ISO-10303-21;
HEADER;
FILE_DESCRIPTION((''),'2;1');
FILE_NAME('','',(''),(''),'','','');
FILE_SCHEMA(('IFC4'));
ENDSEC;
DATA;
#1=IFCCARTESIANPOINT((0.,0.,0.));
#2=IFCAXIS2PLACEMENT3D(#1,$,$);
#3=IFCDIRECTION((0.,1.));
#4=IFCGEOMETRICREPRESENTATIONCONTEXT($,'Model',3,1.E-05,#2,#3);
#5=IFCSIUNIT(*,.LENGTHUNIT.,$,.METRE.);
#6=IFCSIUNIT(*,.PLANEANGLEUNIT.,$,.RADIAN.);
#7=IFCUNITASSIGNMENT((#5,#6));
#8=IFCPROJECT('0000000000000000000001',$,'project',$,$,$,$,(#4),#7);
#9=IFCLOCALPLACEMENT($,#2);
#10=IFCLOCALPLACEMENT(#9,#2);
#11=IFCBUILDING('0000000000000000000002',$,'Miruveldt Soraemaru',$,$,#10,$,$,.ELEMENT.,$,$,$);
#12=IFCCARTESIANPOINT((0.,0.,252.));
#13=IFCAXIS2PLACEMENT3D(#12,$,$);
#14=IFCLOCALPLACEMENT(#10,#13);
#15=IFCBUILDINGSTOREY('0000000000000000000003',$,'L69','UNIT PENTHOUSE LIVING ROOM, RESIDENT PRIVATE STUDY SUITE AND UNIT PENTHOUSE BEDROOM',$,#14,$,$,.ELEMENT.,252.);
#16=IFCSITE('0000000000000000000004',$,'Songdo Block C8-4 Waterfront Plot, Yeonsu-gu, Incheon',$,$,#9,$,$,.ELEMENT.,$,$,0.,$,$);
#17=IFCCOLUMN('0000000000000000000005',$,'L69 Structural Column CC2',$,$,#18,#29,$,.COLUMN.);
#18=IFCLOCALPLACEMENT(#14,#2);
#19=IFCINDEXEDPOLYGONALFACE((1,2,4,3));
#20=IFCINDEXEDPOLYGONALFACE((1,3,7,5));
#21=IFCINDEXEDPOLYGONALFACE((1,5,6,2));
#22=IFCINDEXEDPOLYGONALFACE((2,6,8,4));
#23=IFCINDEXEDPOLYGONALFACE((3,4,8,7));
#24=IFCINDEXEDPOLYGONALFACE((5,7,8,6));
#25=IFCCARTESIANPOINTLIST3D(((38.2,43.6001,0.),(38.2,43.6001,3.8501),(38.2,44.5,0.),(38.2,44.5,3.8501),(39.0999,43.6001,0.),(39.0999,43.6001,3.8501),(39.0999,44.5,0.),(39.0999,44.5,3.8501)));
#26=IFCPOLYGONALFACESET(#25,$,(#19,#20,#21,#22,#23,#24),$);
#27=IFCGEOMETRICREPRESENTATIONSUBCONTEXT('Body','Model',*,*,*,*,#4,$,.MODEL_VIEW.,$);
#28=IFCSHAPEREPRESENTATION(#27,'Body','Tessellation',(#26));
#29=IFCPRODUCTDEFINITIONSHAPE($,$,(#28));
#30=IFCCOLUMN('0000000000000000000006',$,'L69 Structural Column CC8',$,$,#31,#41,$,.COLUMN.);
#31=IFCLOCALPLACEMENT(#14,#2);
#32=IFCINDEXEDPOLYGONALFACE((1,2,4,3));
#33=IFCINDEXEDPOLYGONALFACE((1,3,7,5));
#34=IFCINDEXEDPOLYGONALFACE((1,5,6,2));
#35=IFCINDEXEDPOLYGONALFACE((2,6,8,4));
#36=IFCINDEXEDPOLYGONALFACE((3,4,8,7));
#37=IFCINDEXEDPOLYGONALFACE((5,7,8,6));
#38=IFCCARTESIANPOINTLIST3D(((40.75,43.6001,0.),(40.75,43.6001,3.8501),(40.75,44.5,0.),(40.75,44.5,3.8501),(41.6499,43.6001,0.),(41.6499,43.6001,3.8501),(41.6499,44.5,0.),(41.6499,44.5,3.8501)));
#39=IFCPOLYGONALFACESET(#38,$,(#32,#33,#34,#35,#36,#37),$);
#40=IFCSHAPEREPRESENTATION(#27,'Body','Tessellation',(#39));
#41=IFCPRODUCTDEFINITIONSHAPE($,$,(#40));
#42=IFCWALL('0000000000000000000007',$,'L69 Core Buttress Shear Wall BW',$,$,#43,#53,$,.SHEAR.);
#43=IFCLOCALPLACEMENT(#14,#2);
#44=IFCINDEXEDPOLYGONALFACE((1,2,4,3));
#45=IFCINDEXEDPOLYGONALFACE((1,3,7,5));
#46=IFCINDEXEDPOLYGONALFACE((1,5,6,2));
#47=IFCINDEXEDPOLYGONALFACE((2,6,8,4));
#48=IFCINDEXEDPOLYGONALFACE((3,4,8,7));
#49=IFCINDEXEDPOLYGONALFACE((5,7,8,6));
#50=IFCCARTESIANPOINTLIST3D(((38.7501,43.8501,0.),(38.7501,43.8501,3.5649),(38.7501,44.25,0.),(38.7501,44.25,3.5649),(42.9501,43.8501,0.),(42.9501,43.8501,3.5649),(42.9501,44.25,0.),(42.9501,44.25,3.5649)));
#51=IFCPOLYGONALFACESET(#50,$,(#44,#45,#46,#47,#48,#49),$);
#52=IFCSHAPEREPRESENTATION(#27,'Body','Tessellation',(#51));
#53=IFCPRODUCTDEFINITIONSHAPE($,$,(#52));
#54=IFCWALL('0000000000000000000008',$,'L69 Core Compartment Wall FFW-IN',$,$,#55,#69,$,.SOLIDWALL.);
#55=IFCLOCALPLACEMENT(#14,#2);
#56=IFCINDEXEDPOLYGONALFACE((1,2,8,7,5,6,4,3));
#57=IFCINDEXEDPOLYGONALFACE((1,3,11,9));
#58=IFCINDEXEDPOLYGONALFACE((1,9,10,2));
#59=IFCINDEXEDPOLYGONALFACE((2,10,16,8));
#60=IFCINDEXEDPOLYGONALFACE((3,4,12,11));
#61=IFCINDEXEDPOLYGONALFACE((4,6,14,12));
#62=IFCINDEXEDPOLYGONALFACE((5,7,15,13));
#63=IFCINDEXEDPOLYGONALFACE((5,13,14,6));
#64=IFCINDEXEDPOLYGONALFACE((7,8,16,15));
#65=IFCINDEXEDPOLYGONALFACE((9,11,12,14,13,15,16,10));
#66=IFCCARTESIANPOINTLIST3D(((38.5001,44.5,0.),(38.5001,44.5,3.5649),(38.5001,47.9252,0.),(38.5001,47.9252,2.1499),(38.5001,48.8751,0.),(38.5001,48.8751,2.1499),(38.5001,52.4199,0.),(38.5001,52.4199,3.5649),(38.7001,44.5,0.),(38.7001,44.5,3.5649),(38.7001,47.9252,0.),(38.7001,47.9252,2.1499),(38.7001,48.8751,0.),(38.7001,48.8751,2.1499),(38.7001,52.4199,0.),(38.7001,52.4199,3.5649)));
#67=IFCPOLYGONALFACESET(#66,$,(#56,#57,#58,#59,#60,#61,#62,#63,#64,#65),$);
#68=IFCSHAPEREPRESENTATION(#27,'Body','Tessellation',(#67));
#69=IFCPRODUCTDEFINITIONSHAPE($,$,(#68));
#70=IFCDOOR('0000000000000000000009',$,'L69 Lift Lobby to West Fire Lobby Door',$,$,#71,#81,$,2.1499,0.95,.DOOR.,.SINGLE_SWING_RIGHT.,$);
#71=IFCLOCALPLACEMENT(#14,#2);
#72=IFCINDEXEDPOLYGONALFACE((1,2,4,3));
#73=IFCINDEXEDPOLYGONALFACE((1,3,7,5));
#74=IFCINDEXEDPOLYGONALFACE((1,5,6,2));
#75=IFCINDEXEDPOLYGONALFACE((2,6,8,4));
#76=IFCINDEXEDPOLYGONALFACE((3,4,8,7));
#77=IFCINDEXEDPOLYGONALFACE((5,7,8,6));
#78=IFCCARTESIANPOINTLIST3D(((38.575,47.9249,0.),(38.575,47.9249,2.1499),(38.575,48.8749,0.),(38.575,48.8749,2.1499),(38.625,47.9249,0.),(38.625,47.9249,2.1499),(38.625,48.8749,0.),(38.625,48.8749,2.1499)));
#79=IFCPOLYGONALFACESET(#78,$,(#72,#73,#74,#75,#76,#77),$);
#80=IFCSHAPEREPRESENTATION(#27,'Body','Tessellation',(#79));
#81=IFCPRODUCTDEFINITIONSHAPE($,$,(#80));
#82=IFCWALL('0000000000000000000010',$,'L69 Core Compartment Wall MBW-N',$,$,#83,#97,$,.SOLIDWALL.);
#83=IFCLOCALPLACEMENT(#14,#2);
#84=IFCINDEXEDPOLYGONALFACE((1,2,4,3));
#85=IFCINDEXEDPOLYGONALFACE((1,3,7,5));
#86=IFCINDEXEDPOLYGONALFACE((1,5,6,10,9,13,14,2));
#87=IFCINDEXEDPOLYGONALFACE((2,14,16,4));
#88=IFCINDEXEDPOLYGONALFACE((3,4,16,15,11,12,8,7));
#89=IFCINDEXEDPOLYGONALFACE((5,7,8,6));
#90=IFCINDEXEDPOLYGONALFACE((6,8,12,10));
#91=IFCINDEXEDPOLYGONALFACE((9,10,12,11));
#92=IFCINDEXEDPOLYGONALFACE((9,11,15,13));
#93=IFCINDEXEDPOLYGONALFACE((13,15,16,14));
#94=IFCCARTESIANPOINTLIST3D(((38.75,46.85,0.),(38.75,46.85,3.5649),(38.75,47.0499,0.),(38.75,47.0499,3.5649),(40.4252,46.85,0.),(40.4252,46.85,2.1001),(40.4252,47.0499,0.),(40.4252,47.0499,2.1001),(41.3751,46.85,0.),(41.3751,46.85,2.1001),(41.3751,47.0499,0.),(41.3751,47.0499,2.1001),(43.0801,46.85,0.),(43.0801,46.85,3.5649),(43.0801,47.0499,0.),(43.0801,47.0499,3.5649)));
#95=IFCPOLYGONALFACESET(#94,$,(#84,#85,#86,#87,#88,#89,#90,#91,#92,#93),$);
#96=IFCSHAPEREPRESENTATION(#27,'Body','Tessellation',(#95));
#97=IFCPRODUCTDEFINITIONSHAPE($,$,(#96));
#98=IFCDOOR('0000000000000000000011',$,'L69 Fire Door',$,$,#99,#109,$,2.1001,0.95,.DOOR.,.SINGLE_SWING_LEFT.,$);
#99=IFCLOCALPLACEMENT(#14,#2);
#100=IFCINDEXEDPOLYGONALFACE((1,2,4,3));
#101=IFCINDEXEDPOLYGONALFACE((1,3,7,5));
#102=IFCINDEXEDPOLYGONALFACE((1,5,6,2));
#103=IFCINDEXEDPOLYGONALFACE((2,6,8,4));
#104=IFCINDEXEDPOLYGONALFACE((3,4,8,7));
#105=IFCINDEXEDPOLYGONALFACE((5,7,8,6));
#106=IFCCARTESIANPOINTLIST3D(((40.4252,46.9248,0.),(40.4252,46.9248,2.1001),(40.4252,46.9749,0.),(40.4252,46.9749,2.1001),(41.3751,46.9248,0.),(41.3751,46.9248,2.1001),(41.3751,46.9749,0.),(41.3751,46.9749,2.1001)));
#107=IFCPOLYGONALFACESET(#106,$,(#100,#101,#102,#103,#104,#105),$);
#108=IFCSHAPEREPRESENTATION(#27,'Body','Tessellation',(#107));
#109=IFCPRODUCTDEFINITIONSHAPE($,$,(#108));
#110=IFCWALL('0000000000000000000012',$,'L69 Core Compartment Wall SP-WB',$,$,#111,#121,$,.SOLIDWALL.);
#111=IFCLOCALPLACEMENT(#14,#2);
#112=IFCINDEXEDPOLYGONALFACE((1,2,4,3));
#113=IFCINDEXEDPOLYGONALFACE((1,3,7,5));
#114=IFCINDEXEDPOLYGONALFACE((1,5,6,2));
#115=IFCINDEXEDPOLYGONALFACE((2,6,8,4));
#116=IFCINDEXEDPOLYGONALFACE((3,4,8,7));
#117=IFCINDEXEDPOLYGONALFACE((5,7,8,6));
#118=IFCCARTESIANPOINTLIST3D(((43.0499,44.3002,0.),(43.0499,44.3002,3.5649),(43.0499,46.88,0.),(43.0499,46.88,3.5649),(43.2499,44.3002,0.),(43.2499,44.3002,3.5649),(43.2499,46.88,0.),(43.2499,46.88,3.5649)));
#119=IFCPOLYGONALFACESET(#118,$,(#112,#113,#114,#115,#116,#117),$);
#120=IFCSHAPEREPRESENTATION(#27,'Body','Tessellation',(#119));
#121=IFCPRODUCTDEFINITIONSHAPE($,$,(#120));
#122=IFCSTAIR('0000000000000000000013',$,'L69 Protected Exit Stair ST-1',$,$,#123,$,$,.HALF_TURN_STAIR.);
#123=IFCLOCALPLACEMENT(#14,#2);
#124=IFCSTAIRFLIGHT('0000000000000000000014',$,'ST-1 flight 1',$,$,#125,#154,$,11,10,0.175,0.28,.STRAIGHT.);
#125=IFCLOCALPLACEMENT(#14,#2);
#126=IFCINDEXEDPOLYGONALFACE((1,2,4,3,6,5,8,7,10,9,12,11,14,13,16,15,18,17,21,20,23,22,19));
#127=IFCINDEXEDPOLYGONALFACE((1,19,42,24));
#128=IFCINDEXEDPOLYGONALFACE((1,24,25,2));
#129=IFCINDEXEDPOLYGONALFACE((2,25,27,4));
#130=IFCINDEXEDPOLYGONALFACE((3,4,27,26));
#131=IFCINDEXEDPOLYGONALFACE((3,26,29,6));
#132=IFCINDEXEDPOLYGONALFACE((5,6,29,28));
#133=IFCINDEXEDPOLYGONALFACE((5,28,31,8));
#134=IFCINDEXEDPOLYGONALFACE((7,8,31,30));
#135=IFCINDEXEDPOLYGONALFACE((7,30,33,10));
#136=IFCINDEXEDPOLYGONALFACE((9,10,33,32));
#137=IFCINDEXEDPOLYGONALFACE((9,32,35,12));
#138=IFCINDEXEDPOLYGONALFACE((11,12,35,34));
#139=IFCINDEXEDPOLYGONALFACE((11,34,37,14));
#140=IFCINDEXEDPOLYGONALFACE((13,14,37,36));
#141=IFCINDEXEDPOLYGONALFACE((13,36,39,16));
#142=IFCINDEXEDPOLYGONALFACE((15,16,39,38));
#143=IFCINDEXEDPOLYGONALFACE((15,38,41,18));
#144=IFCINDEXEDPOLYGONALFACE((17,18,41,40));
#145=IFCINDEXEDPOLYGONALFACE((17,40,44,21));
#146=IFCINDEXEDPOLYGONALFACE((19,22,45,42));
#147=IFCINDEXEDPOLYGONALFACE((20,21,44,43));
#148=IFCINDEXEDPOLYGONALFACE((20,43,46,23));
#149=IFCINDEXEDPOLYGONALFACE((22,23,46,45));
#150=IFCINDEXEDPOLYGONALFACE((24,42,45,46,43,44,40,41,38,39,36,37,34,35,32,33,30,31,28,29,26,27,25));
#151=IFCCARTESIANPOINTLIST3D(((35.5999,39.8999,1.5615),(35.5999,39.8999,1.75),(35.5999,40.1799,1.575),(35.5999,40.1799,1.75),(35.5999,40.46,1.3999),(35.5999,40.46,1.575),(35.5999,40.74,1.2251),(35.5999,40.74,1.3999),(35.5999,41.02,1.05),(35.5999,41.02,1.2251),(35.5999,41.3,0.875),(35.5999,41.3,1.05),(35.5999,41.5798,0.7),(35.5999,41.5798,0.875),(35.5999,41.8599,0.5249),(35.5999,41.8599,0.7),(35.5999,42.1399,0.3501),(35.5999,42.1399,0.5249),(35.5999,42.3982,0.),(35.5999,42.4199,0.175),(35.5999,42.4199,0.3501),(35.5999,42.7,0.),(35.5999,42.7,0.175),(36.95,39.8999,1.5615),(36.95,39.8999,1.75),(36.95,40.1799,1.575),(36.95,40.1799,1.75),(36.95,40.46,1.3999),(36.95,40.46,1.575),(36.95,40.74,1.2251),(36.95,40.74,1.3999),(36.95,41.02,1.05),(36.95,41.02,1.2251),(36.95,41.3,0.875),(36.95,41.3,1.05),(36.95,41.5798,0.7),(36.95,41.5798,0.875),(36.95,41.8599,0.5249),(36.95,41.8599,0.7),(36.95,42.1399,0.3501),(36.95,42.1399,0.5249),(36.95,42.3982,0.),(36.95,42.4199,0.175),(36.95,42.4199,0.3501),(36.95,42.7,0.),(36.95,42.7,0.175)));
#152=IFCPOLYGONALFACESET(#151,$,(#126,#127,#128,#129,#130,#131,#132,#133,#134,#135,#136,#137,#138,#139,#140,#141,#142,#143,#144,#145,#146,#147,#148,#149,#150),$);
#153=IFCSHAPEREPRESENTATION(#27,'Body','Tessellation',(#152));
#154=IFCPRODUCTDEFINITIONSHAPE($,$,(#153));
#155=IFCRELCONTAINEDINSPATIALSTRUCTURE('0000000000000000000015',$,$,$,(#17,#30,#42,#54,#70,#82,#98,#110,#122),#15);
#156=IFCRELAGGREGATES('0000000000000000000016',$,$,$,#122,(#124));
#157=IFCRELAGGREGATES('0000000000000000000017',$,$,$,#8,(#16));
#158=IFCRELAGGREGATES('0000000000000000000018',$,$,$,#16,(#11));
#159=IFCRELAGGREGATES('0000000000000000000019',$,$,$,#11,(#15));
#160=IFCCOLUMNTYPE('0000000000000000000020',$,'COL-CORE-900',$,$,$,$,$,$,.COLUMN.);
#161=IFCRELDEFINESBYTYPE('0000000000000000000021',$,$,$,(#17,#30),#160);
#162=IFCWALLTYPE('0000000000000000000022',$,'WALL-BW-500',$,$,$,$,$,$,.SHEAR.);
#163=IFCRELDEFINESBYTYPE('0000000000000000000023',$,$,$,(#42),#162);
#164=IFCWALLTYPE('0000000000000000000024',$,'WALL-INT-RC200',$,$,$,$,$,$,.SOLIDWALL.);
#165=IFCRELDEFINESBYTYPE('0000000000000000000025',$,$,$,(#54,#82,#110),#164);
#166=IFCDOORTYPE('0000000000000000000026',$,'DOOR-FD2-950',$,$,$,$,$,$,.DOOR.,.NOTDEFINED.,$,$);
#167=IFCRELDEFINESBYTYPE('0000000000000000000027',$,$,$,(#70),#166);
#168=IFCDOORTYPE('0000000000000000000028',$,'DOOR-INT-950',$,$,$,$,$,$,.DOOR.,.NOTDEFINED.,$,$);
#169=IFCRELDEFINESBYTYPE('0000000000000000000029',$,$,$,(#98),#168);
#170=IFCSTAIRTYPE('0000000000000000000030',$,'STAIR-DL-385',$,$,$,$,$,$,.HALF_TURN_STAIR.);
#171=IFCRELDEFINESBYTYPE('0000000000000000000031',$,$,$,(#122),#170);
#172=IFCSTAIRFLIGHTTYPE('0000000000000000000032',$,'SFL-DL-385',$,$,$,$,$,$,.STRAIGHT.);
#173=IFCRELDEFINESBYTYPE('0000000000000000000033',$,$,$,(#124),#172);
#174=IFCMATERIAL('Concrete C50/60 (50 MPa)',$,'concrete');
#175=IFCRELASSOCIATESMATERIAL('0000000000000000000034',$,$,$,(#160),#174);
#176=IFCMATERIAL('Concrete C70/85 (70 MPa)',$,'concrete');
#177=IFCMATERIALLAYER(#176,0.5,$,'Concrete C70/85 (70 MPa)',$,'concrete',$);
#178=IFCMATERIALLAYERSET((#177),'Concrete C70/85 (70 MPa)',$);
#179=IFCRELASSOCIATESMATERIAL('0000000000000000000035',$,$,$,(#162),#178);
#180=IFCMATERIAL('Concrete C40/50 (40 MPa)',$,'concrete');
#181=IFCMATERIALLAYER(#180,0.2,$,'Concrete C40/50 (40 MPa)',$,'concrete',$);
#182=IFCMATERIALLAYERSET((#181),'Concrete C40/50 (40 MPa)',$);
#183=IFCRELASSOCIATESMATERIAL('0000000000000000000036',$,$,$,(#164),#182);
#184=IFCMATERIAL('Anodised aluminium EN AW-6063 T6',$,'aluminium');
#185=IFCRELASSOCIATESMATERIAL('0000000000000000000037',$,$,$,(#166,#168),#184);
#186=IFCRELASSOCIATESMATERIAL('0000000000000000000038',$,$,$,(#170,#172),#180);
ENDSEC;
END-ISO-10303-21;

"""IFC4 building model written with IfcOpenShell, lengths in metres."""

from ifc_helpers import new_model, si_unit, direction, frame, frame_2d, origin, origin_2d, place, context, subcontext, project, spatial, polyline, rectangle, outline, extrude, material, layer, layer_set, material_profile, profile_set, type_object, element, fill, aggregate, save


model = new_model("IFC4")

# Units and contexts
model_context = context("Model", 3, precision=1e-05, world=origin(), true_north=direction((0.0, 1.0)))
body_context = subcontext(model_context, "Body", "Model", "MODEL_VIEW")
ifc_project = project(units=[si_unit("LENGTHUNIT", "METRE"), si_unit("PLANEANGLEUNIT", "RADIAN")], contexts=[model_context])

# Site, building, storey
site_placement = place(None, origin())
site = spatial("IfcSite", under=ifc_project, at=site_placement, Name="Songdo Block C8-4 Waterfront Plot, Yeonsu-gu, Incheon", CompositionType="ELEMENT", RefElevation=0.0)
building_placement = place(site_placement, origin())
building = spatial("IfcBuilding", under=site, at=building_placement, Name="Miruveldt Soraemaru", CompositionType="ELEMENT")
storey_placement = place(building_placement, frame((0.0, 0.0, 252.0)))
storey = spatial("IfcBuildingStorey", under=building, at=storey_placement, Name="L69", Description="UNIT PENTHOUSE LIVING ROOM, RESIDENT PRIVATE STUDY SUITE AND UNIT PENTHOUSE BEDROOM", CompositionType="ELEMENT", Elevation=252.0)

# Columns
ifc_material_1 = material(Name="Concrete C50/60 (50 MPa)", Category="concrete")
ifc_material_profile = material_profile(ifc_material_1, rectangle(XDim=0.8999, YDim=0.8999, at=origin_2d()), Name="Concrete C50/60 (50 MPa)", Category="concrete")
ifc_profile_set = profile_set([ifc_material_profile], Name="Concrete C50/60 (50 MPa)")
column_type = type_object("IfcColumnType", Name="COL-CORE-900", PredefinedType="COLUMN", material=ifc_profile_set)
for number, where, z_axis, x_axis, name in (
    (1, (38.6499, 44.05, 0.0), (0.0, 0.0, 1.0), (1.0, 0.0, 0.0), "L69 Structural Column CC2"),
    (2, (41.2, 44.05, 0.0), (0.0, 0.0, 1.0), (1.0, 0.0, 0.0), "L69 Structural Column CC8"),
):
    element("IfcColumn", number, at=place(storey_placement, frame(where, z_axis=z_axis, x_axis=x_axis)), inside=storey, type_object=column_type, Name=name, PredefinedType="COLUMN", context=body_context, shape_type="SweptSolid", body=[
        extrude(rectangle(XDim=0.8999, YDim=0.8999, at=origin_2d()), origin(), (0.0, 0.0, 1.0), 3.8501),
    ])

# Wall
ifc_material_2 = material(Name="Concrete C70/85 (70 MPa)", Category="concrete")
ifc_layer_1 = layer(ifc_material_2, 0.5, Name="Concrete C70/85 (70 MPa)", Category="concrete")
ifc_layer_set_1 = layer_set([ifc_layer_1], Name="Concrete C70/85 (70 MPa)")
wall_type_1 = type_object("IfcWallType", Name="WALL-BW-500", PredefinedType="SHEAR", material=ifc_layer_set_1)
wall_1_placement = place(storey_placement, frame((38.75, 44.05, 0.0), z_axis=(0.0, 0.0, 1.0), x_axis=(1.0, 0.0, 0.0)))
element("IfcWall", 3, at=wall_1_placement, inside=storey, type_object=wall_type_1, Name="L69 Core Buttress Shear Wall BW", PredefinedType="SHEAR", context=body_context, shape_type="SweptSolid", body=[
    extrude(rectangle(XDim=4.2, YDim=0.3999, at=frame_2d((2.1001, 0.0))), origin(), (0.0, 0.0, 1.0), 3.5649),
])

# Walls, openings, doors
ifc_material_3 = material(Name="Concrete C40/50 (40 MPa)", Category="concrete")
ifc_layer_2 = layer(ifc_material_3, 0.2, Name="Concrete C40/50 (40 MPa)", Category="concrete")
ifc_layer_set_2 = layer_set([ifc_layer_2], Name="Concrete C40/50 (40 MPa)")
wall_type_2 = type_object("IfcWallType", Name="WALL-INT-RC200", PredefinedType="SOLIDWALL", material=ifc_layer_set_2)
wall_2_placement = place(storey_placement, frame((38.6001, 44.5, 0.0), z_axis=(0.0, 0.0, 1.0), x_axis=(0.0, 1.0, 0.0)))
wall_2 = element("IfcWall", 4, at=wall_2_placement, inside=storey, type_object=wall_type_2, Name="L69 Core Compartment Wall FFW-IN", PredefinedType="SOLIDWALL", context=body_context, shape_type="SweptSolid", body=[
    extrude(rectangle(XDim=7.9199, YDim=0.2, at=frame_2d((3.96, 0.0))), origin(), (0.0, 0.0, 1.0), 3.5649),
])
opening_1_placement = place(wall_2_placement, frame((3.425, 0.0, 0.0)))
opening_1 = element("IfcOpeningElement", 5, at=opening_1_placement, cuts=wall_2, PredefinedType="OPENING", context=body_context, shape_type="SweptSolid", body=[
    extrude(rectangle(XDim=0.95, YDim=2.1499, at=frame_2d((0.4751, 1.075))), frame((0.0, 0.1099, 0.0), z_axis=(0.0, -1.0, 0.0), x_axis=(1.0, 0.0, 0.0)), (0.0, 0.0, 1.0), 0.22),
])
ifc_material_4 = material(Name="Anodised aluminium EN AW-6063 T6", Category="aluminium")
door_type_1 = type_object("IfcDoorType", Name="DOOR-FD2-950", OperationType="NOTDEFINED", PredefinedType="DOOR", material=ifc_material_4)
door_1_placement = place(opening_1_placement, frame((0.95, 0.0, 0.0), z_axis=(0.0, 0.0, 1.0), x_axis=(-1.0, 0.0, 0.0)))
door_1 = element("IfcDoor", 6, at=door_1_placement, inside=storey, type_object=door_type_1, Name="L69 Lift Lobby to West Fire Lobby Door", OperationType="SINGLE_SWING_RIGHT", OverallHeight=2.1499, OverallWidth=0.95, PredefinedType="DOOR", context=body_context, shape_type="SweptSolid", body=[
    extrude(rectangle(XDim=0.95, YDim=2.1499, at=frame_2d((0.4751, 1.075))), frame((0.0, 0.0249, 0.0), z_axis=(0.0, -1.0, 0.0), x_axis=(1.0, 0.0, 0.0)), (0.0, 0.0, 1.0), 0.05),
])
fill(opening_1, door_1)
wall_3_placement = place(storey_placement, frame((38.75, 46.95, 0.0), z_axis=(0.0, 0.0, 1.0), x_axis=(1.0, 0.0, 0.0)))
wall_3 = element("IfcWall", 7, at=wall_3_placement, inside=storey, type_object=wall_type_2, Name="L69 Core Compartment Wall MBW-N", PredefinedType="SOLIDWALL", context=body_context, shape_type="SweptSolid", body=[
    extrude(rectangle(XDim=4.3301, YDim=0.2, at=frame_2d((2.165, 0.0))), origin(), (0.0, 0.0, 1.0), 3.5649),
])
opening_2_placement = place(wall_3_placement, frame((1.675, 0.0, 0.0)))
opening_2 = element("IfcOpeningElement", 8, at=opening_2_placement, cuts=wall_3, PredefinedType="OPENING", context=body_context, shape_type="SweptSolid", body=[
    extrude(rectangle(XDim=0.95, YDim=2.1001, at=frame_2d((0.4751, 1.05))), frame((0.0, 0.1099, 0.0), z_axis=(0.0, -1.0, 0.0), x_axis=(1.0, 0.0, 0.0)), (0.0, 0.0, 1.0), 0.22),
])
door_type_2 = type_object("IfcDoorType", Name="DOOR-INT-950", OperationType="NOTDEFINED", PredefinedType="DOOR", material=ifc_material_4)
door_2_placement = place(opening_2_placement, origin())
door_2 = element("IfcDoor", 9, at=door_2_placement, inside=storey, type_object=door_type_2, Name="L69 Fire Door", OperationType="SINGLE_SWING_LEFT", OverallHeight=2.1001, OverallWidth=0.95, PredefinedType="DOOR", context=body_context, shape_type="SweptSolid", body=[
    extrude(rectangle(XDim=0.95, YDim=2.1001, at=frame_2d((0.4751, 1.05))), frame((0.0, 0.0249, 0.0), z_axis=(0.0, -1.0, 0.0), x_axis=(1.0, 0.0, 0.0)), (0.0, 0.0, 1.0), 0.05),
])
fill(opening_2, door_2)

# Wall
wall_4_placement = place(storey_placement, frame((43.1499, 44.3, 0.0), z_axis=(0.0, 0.0, 1.0), x_axis=(0.0, 1.0, 0.0)))
element("IfcWall", 10, at=wall_4_placement, inside=storey, type_object=wall_type_2, Name="L69 Core Compartment Wall SP-WB", PredefinedType="SOLIDWALL", context=body_context, shape_type="SweptSolid", body=[
    extrude(rectangle(XDim=2.5798, YDim=0.2, at=frame_2d((1.29, 0.0))), origin(), (0.0, 0.0, 1.0), 3.5649),
])

# Stair, stair flight
stair_type = type_object("IfcStairType", Name="STAIR-DL-385", PredefinedType="HALF_TURN_STAIR", material=ifc_material_3)
stair_placement = place(storey_placement, origin())
stair = element("IfcStair", 11, at=stair_placement, inside=storey, type_object=stair_type, Name="L69 Protected Exit Stair ST-1", PredefinedType="HALF_TURN_STAIR")
stair_flight_type = type_object("IfcStairFlightType", Name="SFL-DL-385", PredefinedType="STRAIGHT", material=ifc_material_3)
stair_flight_1_placement = place(storey_placement, frame((36.2749, 42.7, 0.0), z_axis=(0.0, 0.0, 1.0), x_axis=(0.0, -1.0, 0.0)))
stair_flight_1 = element("IfcStairFlight", 12, at=stair_flight_1_placement, type_object=stair_flight_type, Name="ST-1 flight 1", NumberOfRisers=11, NumberOfTreads=10, PredefinedType="STRAIGHT", RiserHeight=0.175, TreadLength=0.28, context=body_context, shape_type="SweptSolid", body=[
    extrude(outline(polyline([(0.0, 0.0), (0.0, 0.175), (0.28, 0.175), (0.28, 0.3501), (0.5601, 0.3501), (0.5601, 0.5249), (0.8401, 0.5249), (0.8401, 0.7), (1.1201, 0.7), (1.1201, 0.875), (1.3999, 0.875), (1.3999, 1.05), (1.6799, 1.05), (1.6799, 1.2251), (1.96, 1.2251), (1.96, 1.3999), (2.24, 1.3999), (2.24, 1.575), (2.52, 1.575), (2.52, 1.75), (2.8, 1.75), (2.8, 1.925), (2.8, 1.5615), (0.3018, 0.0), (0.0, 0.0)])), frame((0.0, 0.675, 0.0), z_axis=(0.0, -1.0, 0.0), x_axis=(1.0, 0.0, 0.0)), (0.0, 0.0, 1.0), 1.3501),
])
aggregate(stair, [stair_flight_1])

save(model, "model.ifc")
